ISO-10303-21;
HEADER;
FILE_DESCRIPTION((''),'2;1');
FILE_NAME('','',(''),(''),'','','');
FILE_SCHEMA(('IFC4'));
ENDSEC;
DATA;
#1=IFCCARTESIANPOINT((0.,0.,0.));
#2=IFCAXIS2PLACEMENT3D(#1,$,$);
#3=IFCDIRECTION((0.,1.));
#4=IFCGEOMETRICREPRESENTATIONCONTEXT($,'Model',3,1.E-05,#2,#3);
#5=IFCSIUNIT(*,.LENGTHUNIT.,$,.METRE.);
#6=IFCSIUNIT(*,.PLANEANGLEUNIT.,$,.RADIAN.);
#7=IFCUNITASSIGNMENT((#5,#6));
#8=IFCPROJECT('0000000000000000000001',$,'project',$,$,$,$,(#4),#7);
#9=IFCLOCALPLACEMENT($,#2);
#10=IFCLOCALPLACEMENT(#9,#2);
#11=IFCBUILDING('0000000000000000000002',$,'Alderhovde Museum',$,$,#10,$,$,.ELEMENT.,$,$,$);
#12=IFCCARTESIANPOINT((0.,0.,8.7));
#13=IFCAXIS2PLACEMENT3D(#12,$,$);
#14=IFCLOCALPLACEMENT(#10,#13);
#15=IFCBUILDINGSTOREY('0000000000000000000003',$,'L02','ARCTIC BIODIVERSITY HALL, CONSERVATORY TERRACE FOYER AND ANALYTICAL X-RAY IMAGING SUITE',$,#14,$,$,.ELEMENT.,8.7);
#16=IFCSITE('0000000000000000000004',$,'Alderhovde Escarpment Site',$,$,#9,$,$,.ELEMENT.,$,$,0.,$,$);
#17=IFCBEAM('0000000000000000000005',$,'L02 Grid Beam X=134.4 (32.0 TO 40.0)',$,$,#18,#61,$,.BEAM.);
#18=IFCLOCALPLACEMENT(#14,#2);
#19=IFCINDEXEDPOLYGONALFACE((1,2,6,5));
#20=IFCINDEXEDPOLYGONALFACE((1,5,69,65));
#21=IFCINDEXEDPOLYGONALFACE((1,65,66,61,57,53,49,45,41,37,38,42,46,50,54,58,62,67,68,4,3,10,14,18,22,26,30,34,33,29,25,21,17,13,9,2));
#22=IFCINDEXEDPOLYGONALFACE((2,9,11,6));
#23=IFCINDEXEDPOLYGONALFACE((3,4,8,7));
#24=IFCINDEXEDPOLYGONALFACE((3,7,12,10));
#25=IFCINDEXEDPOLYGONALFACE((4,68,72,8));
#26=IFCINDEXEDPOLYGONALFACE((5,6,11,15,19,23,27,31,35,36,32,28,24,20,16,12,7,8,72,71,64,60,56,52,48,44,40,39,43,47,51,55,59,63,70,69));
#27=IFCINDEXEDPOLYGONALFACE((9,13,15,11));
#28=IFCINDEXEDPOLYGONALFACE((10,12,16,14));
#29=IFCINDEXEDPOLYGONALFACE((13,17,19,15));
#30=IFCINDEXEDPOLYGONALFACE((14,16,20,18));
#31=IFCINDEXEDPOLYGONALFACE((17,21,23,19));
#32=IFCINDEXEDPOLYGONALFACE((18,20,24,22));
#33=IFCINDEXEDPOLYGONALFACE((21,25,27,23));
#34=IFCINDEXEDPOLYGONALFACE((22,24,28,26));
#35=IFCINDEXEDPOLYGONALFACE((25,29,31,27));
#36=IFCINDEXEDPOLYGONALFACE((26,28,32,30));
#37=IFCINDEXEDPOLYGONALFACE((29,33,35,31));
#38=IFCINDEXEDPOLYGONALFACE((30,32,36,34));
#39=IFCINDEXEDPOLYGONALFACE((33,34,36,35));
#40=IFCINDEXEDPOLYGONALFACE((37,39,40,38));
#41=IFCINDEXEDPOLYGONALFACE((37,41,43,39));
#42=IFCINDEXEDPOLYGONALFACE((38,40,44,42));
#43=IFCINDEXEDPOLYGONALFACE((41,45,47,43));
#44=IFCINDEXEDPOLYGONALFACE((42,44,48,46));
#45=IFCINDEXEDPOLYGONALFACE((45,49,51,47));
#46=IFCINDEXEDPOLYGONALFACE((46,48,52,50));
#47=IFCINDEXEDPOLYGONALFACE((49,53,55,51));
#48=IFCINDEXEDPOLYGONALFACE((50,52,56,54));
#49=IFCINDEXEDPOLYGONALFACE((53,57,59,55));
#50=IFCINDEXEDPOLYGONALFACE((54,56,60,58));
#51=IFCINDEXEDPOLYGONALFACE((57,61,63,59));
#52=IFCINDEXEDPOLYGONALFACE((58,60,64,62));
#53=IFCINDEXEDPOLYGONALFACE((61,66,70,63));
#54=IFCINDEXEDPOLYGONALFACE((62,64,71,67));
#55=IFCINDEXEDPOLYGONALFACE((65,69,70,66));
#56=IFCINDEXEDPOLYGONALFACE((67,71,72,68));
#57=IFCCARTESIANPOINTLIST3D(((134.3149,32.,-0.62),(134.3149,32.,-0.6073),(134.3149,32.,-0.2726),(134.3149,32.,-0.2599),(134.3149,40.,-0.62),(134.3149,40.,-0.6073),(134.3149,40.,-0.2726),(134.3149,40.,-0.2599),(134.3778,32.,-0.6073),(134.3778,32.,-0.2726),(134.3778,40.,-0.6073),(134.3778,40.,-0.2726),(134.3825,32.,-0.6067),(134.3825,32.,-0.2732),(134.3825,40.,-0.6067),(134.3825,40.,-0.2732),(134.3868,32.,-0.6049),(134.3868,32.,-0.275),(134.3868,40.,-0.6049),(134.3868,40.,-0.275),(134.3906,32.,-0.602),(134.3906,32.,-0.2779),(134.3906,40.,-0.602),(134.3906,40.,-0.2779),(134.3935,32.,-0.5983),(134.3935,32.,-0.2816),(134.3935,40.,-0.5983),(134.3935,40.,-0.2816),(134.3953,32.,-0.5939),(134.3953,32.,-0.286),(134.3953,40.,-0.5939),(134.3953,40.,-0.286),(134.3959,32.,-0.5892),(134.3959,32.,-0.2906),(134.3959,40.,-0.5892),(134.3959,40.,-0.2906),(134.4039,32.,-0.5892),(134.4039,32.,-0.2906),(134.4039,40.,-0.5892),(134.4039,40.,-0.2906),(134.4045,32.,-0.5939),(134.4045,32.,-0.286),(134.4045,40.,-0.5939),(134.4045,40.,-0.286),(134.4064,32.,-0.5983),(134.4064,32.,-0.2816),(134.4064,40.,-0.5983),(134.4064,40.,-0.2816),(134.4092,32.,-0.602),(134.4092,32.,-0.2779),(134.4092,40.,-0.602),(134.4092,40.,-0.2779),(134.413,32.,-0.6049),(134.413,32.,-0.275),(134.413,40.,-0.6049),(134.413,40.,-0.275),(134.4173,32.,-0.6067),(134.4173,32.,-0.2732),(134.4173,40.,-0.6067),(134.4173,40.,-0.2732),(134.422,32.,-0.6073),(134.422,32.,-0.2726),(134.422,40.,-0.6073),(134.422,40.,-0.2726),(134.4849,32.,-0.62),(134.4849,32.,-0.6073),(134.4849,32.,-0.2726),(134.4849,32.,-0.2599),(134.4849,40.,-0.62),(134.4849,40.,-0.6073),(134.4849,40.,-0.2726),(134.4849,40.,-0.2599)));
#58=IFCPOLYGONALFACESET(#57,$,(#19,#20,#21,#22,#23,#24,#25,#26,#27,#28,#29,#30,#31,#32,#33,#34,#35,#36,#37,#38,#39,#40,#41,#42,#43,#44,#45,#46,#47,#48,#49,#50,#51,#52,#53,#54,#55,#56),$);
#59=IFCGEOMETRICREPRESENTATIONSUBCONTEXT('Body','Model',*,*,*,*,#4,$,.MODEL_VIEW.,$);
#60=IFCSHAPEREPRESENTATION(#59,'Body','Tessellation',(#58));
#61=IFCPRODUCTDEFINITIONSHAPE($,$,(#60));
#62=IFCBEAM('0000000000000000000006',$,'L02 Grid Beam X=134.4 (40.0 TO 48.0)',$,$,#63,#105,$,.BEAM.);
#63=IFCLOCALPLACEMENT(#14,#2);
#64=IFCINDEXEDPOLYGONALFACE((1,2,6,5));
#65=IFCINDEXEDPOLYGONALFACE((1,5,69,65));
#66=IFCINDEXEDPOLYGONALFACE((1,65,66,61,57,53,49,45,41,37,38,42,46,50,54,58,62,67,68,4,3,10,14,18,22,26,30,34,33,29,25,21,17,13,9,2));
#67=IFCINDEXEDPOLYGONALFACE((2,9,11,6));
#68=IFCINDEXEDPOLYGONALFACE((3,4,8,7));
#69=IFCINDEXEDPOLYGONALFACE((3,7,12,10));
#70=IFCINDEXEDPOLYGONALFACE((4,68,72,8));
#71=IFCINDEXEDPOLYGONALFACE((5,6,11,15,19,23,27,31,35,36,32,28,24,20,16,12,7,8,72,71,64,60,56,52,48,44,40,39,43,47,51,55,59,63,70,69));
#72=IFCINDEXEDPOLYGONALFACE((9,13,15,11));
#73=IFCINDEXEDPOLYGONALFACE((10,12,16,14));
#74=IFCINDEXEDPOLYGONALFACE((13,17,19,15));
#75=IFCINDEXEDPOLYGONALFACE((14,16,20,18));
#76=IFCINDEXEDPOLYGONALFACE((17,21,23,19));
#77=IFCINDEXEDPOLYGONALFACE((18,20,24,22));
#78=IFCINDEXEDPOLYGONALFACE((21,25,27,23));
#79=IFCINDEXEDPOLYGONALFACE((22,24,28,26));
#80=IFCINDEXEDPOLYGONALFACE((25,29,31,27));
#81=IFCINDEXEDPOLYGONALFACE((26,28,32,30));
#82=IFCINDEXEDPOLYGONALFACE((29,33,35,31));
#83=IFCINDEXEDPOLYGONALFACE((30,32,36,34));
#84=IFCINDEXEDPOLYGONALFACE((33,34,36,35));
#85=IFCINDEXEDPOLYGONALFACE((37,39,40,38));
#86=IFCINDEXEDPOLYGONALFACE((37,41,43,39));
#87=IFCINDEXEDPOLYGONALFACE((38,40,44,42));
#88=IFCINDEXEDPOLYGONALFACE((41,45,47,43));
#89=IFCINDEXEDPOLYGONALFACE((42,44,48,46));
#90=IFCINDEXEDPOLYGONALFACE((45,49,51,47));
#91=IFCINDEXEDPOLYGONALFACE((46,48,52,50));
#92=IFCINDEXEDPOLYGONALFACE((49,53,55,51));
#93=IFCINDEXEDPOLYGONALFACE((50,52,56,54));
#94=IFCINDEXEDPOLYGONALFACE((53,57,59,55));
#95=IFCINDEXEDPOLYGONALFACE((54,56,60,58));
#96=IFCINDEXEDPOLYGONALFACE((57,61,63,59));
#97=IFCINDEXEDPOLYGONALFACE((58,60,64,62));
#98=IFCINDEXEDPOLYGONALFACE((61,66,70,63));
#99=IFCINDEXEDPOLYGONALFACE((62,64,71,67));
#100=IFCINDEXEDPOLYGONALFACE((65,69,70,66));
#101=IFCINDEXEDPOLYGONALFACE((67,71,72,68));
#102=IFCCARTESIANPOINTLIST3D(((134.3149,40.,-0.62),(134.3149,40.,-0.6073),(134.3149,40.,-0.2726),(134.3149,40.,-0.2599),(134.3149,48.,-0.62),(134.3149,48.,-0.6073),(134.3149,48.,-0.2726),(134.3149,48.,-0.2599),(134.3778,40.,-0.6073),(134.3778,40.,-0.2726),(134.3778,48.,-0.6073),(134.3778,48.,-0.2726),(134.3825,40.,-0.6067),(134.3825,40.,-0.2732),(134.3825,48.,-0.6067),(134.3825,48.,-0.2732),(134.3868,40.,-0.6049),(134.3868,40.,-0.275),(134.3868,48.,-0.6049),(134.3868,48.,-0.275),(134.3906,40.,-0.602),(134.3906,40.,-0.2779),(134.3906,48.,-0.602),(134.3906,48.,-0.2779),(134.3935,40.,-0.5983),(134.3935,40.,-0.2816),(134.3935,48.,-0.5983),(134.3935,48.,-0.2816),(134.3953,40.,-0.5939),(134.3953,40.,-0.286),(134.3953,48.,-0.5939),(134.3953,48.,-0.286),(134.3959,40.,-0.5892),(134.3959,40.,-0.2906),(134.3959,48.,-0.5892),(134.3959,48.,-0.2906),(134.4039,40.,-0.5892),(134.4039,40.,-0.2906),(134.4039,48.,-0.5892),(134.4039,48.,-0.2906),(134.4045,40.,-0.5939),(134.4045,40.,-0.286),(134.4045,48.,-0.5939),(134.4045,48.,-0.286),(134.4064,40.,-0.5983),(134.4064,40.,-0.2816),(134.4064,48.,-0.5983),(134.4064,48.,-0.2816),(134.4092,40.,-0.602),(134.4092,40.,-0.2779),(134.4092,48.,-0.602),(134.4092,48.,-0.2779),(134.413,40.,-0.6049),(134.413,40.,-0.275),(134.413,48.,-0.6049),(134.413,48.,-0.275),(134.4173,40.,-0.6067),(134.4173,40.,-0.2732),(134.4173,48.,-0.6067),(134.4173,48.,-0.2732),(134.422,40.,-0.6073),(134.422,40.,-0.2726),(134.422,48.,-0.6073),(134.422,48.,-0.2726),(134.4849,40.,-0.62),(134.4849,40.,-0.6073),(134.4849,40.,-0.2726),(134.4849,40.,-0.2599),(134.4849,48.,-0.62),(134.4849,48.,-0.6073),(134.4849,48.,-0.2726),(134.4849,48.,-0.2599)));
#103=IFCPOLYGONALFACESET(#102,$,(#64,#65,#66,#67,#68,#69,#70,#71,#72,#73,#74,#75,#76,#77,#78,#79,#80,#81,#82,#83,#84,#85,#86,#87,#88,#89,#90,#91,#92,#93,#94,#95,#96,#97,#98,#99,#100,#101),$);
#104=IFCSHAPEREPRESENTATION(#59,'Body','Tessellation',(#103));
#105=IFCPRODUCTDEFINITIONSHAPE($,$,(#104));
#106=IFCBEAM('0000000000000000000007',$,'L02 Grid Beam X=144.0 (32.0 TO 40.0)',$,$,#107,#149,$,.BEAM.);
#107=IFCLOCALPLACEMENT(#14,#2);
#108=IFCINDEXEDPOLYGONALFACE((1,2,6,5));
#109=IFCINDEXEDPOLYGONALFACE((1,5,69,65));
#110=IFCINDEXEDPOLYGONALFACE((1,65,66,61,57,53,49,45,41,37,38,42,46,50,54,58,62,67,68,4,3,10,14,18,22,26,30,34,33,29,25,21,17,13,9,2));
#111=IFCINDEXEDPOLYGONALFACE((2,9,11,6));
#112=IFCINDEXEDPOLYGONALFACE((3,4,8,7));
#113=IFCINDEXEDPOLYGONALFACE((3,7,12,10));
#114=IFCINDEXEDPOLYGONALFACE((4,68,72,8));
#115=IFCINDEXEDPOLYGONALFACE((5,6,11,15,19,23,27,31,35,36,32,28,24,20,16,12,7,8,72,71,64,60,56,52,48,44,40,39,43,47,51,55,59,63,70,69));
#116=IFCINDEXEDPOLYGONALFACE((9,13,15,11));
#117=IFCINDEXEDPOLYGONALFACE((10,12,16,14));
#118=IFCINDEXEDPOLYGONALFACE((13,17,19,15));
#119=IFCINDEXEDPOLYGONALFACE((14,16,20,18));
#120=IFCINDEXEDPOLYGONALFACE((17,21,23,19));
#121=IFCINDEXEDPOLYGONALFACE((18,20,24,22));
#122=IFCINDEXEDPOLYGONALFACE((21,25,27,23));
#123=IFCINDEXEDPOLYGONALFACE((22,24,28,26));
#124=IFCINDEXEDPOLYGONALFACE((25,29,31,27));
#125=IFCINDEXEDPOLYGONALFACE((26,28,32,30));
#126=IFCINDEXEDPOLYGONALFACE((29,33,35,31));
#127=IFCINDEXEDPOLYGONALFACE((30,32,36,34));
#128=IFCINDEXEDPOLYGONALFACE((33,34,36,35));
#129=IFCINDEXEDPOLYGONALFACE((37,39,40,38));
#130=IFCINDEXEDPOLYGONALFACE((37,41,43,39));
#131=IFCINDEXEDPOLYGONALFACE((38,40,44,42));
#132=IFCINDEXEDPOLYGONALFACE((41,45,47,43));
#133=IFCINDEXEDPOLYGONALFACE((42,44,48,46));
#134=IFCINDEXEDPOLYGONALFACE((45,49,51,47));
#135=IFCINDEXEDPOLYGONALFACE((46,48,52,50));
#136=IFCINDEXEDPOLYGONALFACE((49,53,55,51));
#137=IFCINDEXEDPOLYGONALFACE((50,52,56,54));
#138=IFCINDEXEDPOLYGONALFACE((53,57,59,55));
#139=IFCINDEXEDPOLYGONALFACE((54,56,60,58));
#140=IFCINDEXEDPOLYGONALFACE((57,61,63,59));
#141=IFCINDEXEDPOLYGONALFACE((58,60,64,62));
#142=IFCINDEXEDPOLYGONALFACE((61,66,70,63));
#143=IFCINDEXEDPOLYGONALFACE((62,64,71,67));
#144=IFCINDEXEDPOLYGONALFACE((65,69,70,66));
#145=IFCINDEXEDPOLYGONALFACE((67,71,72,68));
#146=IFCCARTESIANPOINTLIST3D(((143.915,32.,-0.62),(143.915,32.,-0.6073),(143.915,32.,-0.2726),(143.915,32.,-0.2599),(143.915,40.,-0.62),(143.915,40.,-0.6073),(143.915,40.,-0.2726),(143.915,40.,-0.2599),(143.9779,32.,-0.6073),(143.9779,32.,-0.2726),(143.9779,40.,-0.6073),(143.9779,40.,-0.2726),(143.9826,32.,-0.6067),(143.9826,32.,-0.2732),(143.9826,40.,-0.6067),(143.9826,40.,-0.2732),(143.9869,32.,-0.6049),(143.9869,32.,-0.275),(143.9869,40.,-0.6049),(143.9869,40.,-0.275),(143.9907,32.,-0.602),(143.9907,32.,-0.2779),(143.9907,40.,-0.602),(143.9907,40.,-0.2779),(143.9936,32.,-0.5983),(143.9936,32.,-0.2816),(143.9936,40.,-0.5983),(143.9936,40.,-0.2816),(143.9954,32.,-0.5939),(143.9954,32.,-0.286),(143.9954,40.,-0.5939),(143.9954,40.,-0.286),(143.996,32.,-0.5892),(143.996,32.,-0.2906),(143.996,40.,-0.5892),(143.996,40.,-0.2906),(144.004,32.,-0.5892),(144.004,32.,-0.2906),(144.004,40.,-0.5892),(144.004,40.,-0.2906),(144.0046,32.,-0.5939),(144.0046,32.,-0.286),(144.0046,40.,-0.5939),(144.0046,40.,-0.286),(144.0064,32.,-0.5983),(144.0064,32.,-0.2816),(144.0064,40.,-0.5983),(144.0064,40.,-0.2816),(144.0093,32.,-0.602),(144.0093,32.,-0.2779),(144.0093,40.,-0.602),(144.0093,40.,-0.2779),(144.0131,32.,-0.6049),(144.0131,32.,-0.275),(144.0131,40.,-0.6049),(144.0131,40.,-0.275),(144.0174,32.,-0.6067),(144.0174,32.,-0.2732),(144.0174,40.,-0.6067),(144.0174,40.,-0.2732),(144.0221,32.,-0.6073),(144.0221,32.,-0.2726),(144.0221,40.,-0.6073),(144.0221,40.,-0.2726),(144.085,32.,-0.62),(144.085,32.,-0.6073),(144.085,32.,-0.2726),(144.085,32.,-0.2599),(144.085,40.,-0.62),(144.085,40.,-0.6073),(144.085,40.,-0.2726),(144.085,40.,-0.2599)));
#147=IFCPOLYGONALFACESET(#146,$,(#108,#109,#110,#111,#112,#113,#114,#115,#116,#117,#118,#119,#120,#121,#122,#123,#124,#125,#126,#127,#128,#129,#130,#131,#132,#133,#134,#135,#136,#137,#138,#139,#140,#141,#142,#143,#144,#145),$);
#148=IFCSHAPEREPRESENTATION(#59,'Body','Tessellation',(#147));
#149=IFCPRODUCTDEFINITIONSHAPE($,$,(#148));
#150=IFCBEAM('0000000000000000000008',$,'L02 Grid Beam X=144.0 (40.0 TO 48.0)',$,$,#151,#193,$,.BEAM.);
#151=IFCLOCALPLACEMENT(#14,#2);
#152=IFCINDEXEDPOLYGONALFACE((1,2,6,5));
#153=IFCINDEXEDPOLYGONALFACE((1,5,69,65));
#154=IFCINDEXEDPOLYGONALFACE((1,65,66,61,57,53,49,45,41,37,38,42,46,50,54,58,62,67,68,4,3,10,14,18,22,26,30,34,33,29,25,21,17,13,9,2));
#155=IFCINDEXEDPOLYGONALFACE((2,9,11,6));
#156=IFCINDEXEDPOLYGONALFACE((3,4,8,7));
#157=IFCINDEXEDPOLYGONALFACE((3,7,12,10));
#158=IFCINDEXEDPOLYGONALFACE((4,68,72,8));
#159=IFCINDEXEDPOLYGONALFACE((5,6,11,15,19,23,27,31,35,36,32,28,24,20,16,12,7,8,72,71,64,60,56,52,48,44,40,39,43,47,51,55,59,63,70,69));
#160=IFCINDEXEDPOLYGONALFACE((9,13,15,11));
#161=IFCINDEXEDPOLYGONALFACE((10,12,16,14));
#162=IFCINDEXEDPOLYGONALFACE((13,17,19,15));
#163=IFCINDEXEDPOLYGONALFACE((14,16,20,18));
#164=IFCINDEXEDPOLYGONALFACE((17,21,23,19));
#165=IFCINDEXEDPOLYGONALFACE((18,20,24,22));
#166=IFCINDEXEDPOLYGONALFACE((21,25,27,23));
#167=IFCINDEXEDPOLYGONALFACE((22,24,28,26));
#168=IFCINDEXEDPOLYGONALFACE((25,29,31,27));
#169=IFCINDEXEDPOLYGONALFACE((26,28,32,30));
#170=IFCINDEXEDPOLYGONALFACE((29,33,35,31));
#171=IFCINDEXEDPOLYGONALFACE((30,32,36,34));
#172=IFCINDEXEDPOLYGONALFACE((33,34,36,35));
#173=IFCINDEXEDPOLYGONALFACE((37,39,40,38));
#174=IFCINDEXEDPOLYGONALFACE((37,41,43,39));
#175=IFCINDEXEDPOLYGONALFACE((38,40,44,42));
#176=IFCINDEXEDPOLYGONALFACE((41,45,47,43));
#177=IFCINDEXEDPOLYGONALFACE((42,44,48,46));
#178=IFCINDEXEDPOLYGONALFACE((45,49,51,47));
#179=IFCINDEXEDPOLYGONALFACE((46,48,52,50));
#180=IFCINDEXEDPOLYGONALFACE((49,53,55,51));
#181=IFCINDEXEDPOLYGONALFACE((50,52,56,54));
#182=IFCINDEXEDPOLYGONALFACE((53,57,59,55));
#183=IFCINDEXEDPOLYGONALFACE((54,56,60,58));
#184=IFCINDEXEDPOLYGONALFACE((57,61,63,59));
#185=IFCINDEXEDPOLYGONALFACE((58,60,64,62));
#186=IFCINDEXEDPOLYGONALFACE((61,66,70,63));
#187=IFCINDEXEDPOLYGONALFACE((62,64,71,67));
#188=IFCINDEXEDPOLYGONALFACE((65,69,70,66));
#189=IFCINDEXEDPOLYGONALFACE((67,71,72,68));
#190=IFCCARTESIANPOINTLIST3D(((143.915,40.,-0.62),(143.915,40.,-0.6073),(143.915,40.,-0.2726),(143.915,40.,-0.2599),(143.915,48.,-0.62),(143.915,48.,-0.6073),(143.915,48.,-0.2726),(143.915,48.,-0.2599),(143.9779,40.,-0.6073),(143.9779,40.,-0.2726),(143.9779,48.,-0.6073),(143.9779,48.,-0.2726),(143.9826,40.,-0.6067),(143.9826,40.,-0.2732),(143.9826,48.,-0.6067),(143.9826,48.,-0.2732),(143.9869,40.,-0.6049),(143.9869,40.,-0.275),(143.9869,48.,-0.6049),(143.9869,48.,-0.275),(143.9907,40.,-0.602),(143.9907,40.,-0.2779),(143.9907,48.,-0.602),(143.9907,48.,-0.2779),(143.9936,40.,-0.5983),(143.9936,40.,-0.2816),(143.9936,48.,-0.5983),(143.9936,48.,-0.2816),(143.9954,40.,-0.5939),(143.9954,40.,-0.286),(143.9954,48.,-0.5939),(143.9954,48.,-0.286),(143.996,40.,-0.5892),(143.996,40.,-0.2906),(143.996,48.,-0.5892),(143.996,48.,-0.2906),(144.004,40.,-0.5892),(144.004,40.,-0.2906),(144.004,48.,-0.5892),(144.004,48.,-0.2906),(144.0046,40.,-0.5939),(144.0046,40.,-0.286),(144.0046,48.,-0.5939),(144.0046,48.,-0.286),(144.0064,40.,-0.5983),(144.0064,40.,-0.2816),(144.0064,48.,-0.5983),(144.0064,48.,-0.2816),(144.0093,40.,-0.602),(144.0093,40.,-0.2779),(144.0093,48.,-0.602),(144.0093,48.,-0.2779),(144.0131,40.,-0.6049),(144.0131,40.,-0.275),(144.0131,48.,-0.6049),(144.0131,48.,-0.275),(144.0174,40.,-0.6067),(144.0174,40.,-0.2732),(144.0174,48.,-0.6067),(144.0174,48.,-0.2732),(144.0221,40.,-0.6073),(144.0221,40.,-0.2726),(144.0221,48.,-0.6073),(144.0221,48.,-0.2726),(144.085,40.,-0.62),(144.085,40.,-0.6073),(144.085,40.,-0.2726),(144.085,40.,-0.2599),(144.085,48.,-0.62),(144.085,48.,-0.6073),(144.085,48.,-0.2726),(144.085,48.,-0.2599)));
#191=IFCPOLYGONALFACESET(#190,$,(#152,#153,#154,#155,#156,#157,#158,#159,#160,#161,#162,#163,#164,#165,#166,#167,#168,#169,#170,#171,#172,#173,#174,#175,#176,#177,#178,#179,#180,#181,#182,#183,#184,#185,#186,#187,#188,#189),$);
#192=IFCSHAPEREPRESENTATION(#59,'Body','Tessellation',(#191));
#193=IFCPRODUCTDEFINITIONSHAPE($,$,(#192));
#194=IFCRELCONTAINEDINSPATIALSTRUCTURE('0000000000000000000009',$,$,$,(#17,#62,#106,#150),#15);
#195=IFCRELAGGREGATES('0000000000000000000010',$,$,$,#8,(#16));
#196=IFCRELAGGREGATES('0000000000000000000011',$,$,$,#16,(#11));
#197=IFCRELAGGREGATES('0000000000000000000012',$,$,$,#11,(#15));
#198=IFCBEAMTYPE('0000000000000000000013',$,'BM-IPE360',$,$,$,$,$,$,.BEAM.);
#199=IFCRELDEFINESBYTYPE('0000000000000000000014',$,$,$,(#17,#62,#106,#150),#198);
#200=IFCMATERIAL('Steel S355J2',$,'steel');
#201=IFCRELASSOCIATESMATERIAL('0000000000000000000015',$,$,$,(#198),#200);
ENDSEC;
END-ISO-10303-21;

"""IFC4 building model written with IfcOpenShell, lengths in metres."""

from ifc_helpers import new_model, si_unit, direction, frame, origin, origin_2d, place, context, subcontext, project, spatial, i_section, extrude, material, material_profile, profile_set, type_object, element, save


model = new_model("IFC4")

# Units and contexts
model_context = context("Model", 3, precision=1e-05, world=origin(), true_north=direction((0.0, 1.0)))
body_context = subcontext(model_context, "Body", "Model", "MODEL_VIEW")
ifc_project = project(units=[si_unit("LENGTHUNIT", "METRE"), si_unit("PLANEANGLEUNIT", "RADIAN")], contexts=[model_context])

# Site, building, storey
site_placement = place(None, origin())
site = spatial("IfcSite", under=ifc_project, at=site_placement, Name="Alderhovde Escarpment Site", CompositionType="ELEMENT", RefElevation=0.0)
building_placement = place(site_placement, origin())
building = spatial("IfcBuilding", under=site, at=building_placement, Name="Alderhovde Museum", CompositionType="ELEMENT")
storey_placement = place(building_placement, frame((0.0, 0.0, 8.7)))
storey = spatial("IfcBuildingStorey", under=building, at=storey_placement, Name="L02", Description="ARCTIC BIODIVERSITY HALL, CONSERVATORY TERRACE FOYER AND ANALYTICAL X-RAY IMAGING SUITE", CompositionType="ELEMENT", Elevation=8.7)

# Beams
ifc_material_1 = material(Name="Steel S355J2", Category="steel")
ifc_material_profile_1 = material_profile(ifc_material_1, i_section(OverallWidth=0.1699, OverallDepth=0.3601, WebThickness=0.0081, FlangeThickness=0.0127, FilletRadius=0.0181, at=origin_2d()), Name="IPE 360")
ifc_profile_set_1 = profile_set([ifc_material_profile_1], Name="Steel S355J2")
beam_type_1 = type_object("IfcBeamType", Name="BM-IPE360", PredefinedType="BEAM", material=ifc_profile_set_1)
for number, where, z_axis, x_axis, name in (
    (1, (134.3999, 32.0, -0.4399), (0.0, 1.0, 0.0), (-1.0, 0.0, 0.0), "L02 Grid Beam X=134.4 (32.0 TO 40.0)"),
    (2, (134.3999, 40.0, -0.4399), (0.0, 1.0, 0.0), (-1.0, 0.0, 0.0), "L02 Grid Beam X=134.4 (40.0 TO 48.0)"),
    (3, (144.0, 32.0, -0.4399), (0.0, 1.0, 0.0), (-1.0, 0.0, 0.0), "L02 Grid Beam X=144.0 (32.0 TO 40.0)"),
    (4, (144.0, 40.0, -0.4399), (0.0, 1.0, 0.0), (-1.0, 0.0, 0.0), "L02 Grid Beam X=144.0 (40.0 TO 48.0)"),
):
    element("IfcBeam", number, at=place(storey_placement, frame(where, z_axis=z_axis, x_axis=x_axis)), inside=storey, type_object=beam_type_1, Name=name, PredefinedType="BEAM", context=body_context, shape_type="SweptSolid", body=[
        extrude(i_section(OverallWidth=0.1699, OverallDepth=0.3601, WebThickness=0.0081, FlangeThickness=0.0127, FilletRadius=0.0181, at=origin_2d()), origin(), (0.0, 0.0, 1.0), 8.0),
    ])

save(model, "model.ifc")
